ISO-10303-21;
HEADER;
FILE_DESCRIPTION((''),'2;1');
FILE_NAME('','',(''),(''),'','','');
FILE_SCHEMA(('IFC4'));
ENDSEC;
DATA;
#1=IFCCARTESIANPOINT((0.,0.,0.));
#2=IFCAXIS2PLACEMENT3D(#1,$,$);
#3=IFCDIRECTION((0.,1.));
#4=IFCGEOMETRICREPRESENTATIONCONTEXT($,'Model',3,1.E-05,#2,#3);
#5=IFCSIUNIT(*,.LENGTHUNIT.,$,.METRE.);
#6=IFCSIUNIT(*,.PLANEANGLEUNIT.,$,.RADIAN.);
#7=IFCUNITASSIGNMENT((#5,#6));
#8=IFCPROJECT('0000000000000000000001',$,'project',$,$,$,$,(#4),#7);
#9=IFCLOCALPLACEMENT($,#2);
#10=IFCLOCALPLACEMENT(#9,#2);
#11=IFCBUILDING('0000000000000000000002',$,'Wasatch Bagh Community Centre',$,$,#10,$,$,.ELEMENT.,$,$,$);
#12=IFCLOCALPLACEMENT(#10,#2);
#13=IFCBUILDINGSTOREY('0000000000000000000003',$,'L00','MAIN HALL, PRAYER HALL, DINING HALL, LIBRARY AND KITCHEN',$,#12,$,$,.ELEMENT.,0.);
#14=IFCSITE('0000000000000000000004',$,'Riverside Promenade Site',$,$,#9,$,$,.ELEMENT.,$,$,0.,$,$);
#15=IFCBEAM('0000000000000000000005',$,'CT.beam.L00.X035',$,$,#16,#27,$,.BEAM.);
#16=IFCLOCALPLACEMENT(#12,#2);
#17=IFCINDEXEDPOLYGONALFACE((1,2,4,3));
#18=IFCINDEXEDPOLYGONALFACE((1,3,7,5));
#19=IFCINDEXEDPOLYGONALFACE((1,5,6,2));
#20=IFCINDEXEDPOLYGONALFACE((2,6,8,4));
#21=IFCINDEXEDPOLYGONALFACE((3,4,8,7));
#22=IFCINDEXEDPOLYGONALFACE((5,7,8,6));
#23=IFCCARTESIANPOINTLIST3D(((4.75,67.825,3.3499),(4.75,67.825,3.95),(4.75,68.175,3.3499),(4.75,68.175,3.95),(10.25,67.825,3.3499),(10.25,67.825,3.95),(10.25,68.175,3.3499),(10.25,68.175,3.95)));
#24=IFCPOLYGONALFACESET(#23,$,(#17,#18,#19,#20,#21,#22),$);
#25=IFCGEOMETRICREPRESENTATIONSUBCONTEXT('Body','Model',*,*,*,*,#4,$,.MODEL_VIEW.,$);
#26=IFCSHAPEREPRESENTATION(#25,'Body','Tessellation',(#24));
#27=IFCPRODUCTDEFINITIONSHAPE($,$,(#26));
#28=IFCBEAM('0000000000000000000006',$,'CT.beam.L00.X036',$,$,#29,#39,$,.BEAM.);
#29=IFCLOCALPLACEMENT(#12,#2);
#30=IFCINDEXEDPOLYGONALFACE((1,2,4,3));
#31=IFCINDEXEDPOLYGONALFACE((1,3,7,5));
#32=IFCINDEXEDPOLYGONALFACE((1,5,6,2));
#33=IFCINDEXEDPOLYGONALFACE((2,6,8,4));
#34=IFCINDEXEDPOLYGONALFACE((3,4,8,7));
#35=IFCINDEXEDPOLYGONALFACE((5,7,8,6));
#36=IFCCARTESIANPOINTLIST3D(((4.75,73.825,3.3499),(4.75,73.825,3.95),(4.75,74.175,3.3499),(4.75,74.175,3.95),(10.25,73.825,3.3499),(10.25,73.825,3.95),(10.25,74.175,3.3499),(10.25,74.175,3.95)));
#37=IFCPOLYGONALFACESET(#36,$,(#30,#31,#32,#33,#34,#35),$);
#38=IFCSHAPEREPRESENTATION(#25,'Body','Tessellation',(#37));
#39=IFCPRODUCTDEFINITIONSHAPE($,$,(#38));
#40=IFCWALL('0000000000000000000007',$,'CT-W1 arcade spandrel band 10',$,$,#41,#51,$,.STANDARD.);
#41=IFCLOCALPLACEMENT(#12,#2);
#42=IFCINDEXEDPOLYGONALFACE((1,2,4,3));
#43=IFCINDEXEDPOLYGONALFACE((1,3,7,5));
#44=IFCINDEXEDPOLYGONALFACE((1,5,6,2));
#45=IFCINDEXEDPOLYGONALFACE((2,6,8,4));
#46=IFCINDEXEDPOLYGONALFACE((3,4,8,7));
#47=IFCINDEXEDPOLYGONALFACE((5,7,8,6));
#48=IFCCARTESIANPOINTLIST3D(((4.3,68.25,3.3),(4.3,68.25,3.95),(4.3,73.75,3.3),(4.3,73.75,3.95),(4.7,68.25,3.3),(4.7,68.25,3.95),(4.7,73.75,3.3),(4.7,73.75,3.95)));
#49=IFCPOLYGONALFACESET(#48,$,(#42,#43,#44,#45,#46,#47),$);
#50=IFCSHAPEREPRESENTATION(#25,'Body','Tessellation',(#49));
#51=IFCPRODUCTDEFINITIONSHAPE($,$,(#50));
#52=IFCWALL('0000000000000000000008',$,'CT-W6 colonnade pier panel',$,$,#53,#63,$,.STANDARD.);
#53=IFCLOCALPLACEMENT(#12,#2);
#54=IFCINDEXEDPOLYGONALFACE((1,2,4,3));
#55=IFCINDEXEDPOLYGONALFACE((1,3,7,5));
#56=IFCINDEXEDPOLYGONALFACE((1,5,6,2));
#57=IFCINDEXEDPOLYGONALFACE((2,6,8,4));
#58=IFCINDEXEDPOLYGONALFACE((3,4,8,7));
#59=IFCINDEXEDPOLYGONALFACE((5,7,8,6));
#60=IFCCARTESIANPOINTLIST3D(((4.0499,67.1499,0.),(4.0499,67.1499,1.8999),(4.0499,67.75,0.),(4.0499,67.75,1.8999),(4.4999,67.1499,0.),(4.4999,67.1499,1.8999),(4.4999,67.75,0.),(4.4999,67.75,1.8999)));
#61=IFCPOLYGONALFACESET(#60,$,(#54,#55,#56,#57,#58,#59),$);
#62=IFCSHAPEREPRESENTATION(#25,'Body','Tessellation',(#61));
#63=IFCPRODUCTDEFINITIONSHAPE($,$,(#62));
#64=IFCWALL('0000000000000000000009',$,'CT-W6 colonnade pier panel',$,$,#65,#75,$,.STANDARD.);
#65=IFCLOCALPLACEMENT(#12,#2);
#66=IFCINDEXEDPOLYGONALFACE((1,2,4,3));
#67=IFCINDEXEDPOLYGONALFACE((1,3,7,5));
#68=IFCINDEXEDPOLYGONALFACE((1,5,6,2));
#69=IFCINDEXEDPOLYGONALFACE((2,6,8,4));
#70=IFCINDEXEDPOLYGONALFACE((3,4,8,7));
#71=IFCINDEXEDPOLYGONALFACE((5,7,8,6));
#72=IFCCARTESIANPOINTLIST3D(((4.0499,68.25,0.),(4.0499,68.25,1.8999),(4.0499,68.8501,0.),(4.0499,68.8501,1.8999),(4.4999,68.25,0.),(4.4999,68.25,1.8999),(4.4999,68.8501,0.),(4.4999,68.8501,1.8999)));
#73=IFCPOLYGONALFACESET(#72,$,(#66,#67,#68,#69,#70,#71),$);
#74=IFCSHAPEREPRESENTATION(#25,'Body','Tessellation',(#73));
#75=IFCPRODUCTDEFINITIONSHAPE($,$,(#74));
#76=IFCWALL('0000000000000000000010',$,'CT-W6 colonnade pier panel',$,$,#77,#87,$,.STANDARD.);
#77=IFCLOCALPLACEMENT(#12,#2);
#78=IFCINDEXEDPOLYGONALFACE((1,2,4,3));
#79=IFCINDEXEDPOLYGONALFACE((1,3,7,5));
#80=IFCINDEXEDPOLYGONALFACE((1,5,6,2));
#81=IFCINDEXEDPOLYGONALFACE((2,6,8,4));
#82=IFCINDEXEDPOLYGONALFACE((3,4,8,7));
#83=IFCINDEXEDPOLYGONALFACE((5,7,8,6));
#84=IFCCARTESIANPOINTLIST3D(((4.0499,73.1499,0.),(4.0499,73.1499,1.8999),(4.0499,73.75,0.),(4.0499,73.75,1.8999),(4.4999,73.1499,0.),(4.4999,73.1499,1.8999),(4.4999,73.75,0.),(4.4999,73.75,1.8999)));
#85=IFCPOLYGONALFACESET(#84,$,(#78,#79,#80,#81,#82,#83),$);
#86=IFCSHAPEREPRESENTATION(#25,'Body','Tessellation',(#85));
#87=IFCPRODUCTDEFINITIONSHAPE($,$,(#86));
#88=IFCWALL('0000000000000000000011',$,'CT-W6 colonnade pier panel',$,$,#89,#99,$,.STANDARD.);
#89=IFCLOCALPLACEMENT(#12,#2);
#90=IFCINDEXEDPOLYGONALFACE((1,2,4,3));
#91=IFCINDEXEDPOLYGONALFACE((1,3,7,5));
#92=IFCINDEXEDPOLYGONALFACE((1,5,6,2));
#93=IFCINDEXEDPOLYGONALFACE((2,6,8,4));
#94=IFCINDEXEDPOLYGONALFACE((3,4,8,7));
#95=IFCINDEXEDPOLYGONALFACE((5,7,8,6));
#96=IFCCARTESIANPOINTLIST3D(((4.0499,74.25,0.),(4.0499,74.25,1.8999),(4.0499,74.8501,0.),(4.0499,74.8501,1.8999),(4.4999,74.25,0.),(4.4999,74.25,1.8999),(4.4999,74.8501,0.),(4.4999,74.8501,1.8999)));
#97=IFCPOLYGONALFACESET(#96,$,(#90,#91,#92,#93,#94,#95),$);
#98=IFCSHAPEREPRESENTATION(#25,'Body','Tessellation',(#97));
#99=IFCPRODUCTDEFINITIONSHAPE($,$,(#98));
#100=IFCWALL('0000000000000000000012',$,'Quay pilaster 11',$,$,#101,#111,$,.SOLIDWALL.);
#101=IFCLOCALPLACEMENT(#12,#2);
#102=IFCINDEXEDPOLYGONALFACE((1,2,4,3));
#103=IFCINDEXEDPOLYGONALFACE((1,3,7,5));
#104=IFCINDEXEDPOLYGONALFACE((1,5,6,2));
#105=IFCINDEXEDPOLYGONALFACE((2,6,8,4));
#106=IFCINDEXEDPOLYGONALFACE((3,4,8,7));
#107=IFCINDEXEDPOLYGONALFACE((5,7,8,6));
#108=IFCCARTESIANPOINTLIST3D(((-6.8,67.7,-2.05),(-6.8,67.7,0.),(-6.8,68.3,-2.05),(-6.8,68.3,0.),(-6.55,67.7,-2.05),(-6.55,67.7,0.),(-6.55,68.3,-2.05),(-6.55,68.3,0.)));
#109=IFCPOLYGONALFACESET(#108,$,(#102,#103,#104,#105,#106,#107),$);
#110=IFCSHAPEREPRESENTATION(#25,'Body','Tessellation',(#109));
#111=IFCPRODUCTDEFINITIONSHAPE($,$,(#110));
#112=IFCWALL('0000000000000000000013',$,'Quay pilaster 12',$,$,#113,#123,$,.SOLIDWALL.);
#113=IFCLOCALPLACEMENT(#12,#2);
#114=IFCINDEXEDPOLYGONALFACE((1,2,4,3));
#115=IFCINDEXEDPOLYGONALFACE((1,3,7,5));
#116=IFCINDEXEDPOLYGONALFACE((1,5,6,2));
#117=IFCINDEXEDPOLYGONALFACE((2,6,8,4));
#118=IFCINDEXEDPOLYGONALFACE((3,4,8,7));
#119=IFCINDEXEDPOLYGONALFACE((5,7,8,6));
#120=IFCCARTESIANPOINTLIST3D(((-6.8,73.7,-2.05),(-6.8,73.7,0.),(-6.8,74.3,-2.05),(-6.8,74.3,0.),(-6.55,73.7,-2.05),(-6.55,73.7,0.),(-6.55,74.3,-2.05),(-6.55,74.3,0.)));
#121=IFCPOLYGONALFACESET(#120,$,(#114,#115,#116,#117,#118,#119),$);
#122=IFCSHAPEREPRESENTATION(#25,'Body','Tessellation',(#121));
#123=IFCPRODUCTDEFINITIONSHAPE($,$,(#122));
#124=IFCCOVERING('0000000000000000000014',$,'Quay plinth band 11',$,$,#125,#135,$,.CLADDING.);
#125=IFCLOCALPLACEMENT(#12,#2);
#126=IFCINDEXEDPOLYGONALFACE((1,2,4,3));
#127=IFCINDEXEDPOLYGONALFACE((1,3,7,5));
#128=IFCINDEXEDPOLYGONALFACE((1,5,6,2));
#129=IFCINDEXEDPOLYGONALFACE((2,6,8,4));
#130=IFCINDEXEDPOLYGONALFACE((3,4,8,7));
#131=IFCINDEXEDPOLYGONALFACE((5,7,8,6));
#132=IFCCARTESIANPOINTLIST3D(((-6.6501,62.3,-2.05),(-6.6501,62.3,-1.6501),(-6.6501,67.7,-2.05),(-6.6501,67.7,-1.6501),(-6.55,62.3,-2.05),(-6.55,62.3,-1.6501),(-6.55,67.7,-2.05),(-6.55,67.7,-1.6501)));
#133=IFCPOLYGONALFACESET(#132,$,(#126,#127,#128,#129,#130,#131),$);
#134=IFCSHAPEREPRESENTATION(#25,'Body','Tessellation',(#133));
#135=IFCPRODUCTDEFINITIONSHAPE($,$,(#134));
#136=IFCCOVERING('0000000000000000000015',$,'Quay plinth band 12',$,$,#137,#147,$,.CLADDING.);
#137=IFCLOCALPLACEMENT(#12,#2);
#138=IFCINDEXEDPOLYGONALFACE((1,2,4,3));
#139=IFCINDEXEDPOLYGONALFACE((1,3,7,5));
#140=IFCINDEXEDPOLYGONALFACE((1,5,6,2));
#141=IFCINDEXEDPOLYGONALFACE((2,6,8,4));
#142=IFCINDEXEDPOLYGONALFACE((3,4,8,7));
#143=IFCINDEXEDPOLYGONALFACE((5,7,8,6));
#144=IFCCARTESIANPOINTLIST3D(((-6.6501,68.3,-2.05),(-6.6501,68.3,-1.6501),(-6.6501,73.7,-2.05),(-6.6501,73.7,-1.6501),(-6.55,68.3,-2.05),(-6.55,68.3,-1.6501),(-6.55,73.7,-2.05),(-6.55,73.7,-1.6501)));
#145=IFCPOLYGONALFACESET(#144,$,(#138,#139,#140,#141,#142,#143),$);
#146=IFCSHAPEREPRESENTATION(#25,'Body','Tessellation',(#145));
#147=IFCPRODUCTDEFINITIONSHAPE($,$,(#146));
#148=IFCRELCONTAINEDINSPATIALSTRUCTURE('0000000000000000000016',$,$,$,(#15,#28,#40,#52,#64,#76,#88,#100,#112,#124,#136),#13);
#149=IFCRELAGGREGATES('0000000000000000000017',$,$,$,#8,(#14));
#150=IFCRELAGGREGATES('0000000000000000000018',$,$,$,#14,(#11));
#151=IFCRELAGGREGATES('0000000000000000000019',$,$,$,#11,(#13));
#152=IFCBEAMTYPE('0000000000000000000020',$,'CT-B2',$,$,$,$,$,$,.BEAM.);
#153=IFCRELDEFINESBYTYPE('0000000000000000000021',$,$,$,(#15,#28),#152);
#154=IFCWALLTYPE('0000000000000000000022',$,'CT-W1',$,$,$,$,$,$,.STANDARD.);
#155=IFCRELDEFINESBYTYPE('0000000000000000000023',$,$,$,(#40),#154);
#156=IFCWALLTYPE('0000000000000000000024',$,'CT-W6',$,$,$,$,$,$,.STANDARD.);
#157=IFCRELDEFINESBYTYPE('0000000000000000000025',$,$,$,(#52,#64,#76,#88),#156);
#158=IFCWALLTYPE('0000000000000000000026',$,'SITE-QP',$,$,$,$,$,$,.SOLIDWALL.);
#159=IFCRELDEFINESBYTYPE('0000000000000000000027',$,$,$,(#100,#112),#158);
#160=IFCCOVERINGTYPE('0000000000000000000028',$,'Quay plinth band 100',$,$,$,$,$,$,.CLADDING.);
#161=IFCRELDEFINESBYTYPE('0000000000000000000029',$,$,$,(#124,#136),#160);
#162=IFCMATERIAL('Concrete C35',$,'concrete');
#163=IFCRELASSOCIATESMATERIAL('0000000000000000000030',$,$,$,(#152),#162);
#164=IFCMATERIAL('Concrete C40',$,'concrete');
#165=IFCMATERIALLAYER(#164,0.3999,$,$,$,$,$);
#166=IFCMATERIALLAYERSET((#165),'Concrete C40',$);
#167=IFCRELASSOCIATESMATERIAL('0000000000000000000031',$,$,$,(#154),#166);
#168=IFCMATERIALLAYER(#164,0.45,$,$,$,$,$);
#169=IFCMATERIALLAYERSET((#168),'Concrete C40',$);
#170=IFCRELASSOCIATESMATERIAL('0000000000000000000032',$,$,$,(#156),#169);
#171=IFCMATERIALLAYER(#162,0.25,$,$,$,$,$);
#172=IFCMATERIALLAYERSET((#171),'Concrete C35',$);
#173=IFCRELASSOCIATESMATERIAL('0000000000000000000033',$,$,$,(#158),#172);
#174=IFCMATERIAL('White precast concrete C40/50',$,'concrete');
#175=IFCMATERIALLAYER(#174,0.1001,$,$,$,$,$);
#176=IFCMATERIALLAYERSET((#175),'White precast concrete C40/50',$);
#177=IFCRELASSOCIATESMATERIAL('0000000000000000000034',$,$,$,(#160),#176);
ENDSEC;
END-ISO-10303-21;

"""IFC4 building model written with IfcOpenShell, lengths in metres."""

from ifc_helpers import new_model, si_unit, direction, frame, frame_2d, origin, origin_2d, place, context, subcontext, project, spatial, rectangle, extrude, material, layer, layer_set, material_profile, profile_set, type_object, element, save


model = new_model("IFC4")

# Units and contexts
model_context = context("Model", 3, precision=1e-05, world=origin(), true_north=direction((0.0, 1.0)))
body_context = subcontext(model_context, "Body", "Model", "MODEL_VIEW")
ifc_project = project(units=[si_unit("LENGTHUNIT", "METRE"), si_unit("PLANEANGLEUNIT", "RADIAN")], contexts=[model_context])

# Site, building, storey
site_placement = place(None, origin())
site = spatial("IfcSite", under=ifc_project, at=site_placement, Name="Riverside Promenade Site", CompositionType="ELEMENT", RefElevation=0.0)
building_placement = place(site_placement, origin())
building = spatial("IfcBuilding", under=site, at=building_placement, Name="Wasatch Bagh Community Centre", CompositionType="ELEMENT")
storey_placement = place(building_placement, origin())
storey = spatial("IfcBuildingStorey", under=building, at=storey_placement, Name="L00", Description="MAIN HALL, PRAYER HALL, DINING HALL, LIBRARY AND KITCHEN", CompositionType="ELEMENT", Elevation=0.0)

# Shared definitions
ifc_material_1 = material(Name="Concrete C35", Category="concrete")

# Shared definitions
ifc_material_2 = material(Name="Concrete C40", Category="concrete")

# Beams
ifc_material_profile_1 = material_profile(ifc_material_1, rectangle(XDim=0.3501, YDim=0.6001, at=origin_2d()), Name="RC 350x600")
ifc_profile_set_1 = profile_set([ifc_material_profile_1], Name="Concrete C35")
beam_type_1 = type_object("IfcBeamType", Name="CT-B2", PredefinedType="BEAM", material=ifc_profile_set_1)
for number, where, z_axis, x_axis, name in (
    (1, (4.75, 68.0, 3.6499), (1.0, 0.0, 0.0), (0.0, 1.0, 0.0), "CT.beam.L00.X035"),
    (2, (4.75, 74.0, 3.6499), (1.0, 0.0, 0.0), (0.0, 1.0, 0.0), "CT.beam.L00.X036"),
):
    element("IfcBeam", number, at=place(storey_placement, frame(where, z_axis=z_axis, x_axis=x_axis)), inside=storey, type_object=beam_type_1, Name=name, PredefinedType="BEAM", context=body_context, shape_type="SweptSolid", body=[
        extrude(rectangle(XDim=0.3501, YDim=0.6001, at=origin_2d()), origin(), (0.0, 0.0, 1.0), 5.5),
    ])

# Walls
ifc_layer_1 = layer(ifc_material_2, 0.3999)
ifc_layer_set_1 = layer_set([ifc_layer_1], Name="Concrete C40")
wall_type_1 = type_object("IfcWallType", Name="CT-W1", PredefinedType="STANDARD", material=ifc_layer_set_1)
wall_placement = place(storey_placement, frame((4.5, 68.25, 3.3), z_axis=(0.0, 0.0, 1.0), x_axis=(0.0, 1.0, 0.0)))
element("IfcWall", 3, at=wall_placement, inside=storey, type_object=wall_type_1, Name="CT-W1 arcade spandrel band 10", PredefinedType="STANDARD", context=body_context, shape_type="SweptSolid", body=[
    extrude(rectangle(XDim=5.5, YDim=0.3999, at=frame_2d((2.75, 0.0))), origin(), (0.0, 0.0, 1.0), 0.6499),
])
ifc_layer_2 = layer(ifc_material_2, 0.45)
ifc_layer_set_2 = layer_set([ifc_layer_2], Name="Concrete C40")
wall_type_2 = type_object("IfcWallType", Name="CT-W6", PredefinedType="STANDARD", material=ifc_layer_set_2)
for number, where, z_axis, x_axis, name in (
    (4, (4.2749, 67.75, 0.0), (0.0, 0.0, 1.0), (0.0, -1.0, 0.0), "CT-W6 colonnade pier panel"),
    (5, (4.2749, 68.25, 0.0), (0.0, 0.0, 1.0), (0.0, 1.0, 0.0), "CT-W6 colonnade pier panel"),
    (6, (4.2749, 73.75, 0.0), (0.0, 0.0, 1.0), (0.0, -1.0, 0.0), "CT-W6 colonnade pier panel"),
    (7, (4.2749, 74.25, 0.0), (0.0, 0.0, 1.0), (0.0, 1.0, 0.0), "CT-W6 colonnade pier panel"),
):
    element("IfcWall", number, at=place(storey_placement, frame(where, z_axis=z_axis, x_axis=x_axis)), inside=storey, type_object=wall_type_2, Name=name, PredefinedType="STANDARD", context=body_context, shape_type="SweptSolid", body=[
        extrude(rectangle(XDim=0.6001, YDim=0.45, at=frame_2d((0.3, 0.0))), origin(), (0.0, 0.0, 1.0), 1.8999),
    ])
ifc_layer_3 = layer(ifc_material_1, 0.25)
ifc_layer_set_3 = layer_set([ifc_layer_3], Name="Concrete C35")
wall_type_3 = type_object("IfcWallType", Name="SITE-QP", PredefinedType="SOLIDWALL", material=ifc_layer_set_3)
for number, where, z_axis, x_axis, name in (
    (8, (-6.675, 67.7, -2.05), (0.0, 0.0, 1.0), (0.0, 1.0, 0.0), "Quay pilaster 11"),
    (9, (-6.675, 73.7, -2.05), (0.0, 0.0, 1.0), (0.0, 1.0, 0.0), "Quay pilaster 12"),
):
    element("IfcWall", number, at=place(storey_placement, frame(where, z_axis=z_axis, x_axis=x_axis)), inside=storey, type_object=wall_type_3, Name=name, PredefinedType="SOLIDWALL", context=body_context, shape_type="SweptSolid", body=[
        extrude(rectangle(XDim=0.6001, YDim=0.25, at=frame_2d((0.3, 0.0))), origin(), (0.0, 0.0, 1.0), 2.05),
    ])

# Coverings
ifc_material_3 = material(Name="White precast concrete C40/50", Category="concrete")
ifc_layer_4 = layer(ifc_material_3, 0.1001)
ifc_layer_set_4 = layer_set([ifc_layer_4], Name="White precast concrete C40/50")
covering_type = type_object("IfcCoveringType", Name="Quay plinth band 100", PredefinedType="CLADDING", material=ifc_layer_set_4)
for number, where, z_axis, x_axis, name in (
    (10, (-6.6001, 65.0, -2.05), (0.0, 0.0, 1.0), (1.0, 0.0, 0.0), "Quay plinth band 11"),
    (11, (-6.6001, 71.0, -2.05), (0.0, 0.0, 1.0), (1.0, 0.0, 0.0), "Quay plinth band 12"),
):
    element("IfcCovering", number, at=place(storey_placement, frame(where, z_axis=z_axis, x_axis=x_axis)), inside=storey, type_object=covering_type, Name=name, PredefinedType="CLADDING", context=body_context, shape_type="SweptSolid", body=[
        extrude(rectangle(XDim=0.1001, YDim=5.3999, at=origin_2d()), origin(), (0.0, 0.0, 1.0), 0.3999),
    ])

save(model, "model.ifc")
